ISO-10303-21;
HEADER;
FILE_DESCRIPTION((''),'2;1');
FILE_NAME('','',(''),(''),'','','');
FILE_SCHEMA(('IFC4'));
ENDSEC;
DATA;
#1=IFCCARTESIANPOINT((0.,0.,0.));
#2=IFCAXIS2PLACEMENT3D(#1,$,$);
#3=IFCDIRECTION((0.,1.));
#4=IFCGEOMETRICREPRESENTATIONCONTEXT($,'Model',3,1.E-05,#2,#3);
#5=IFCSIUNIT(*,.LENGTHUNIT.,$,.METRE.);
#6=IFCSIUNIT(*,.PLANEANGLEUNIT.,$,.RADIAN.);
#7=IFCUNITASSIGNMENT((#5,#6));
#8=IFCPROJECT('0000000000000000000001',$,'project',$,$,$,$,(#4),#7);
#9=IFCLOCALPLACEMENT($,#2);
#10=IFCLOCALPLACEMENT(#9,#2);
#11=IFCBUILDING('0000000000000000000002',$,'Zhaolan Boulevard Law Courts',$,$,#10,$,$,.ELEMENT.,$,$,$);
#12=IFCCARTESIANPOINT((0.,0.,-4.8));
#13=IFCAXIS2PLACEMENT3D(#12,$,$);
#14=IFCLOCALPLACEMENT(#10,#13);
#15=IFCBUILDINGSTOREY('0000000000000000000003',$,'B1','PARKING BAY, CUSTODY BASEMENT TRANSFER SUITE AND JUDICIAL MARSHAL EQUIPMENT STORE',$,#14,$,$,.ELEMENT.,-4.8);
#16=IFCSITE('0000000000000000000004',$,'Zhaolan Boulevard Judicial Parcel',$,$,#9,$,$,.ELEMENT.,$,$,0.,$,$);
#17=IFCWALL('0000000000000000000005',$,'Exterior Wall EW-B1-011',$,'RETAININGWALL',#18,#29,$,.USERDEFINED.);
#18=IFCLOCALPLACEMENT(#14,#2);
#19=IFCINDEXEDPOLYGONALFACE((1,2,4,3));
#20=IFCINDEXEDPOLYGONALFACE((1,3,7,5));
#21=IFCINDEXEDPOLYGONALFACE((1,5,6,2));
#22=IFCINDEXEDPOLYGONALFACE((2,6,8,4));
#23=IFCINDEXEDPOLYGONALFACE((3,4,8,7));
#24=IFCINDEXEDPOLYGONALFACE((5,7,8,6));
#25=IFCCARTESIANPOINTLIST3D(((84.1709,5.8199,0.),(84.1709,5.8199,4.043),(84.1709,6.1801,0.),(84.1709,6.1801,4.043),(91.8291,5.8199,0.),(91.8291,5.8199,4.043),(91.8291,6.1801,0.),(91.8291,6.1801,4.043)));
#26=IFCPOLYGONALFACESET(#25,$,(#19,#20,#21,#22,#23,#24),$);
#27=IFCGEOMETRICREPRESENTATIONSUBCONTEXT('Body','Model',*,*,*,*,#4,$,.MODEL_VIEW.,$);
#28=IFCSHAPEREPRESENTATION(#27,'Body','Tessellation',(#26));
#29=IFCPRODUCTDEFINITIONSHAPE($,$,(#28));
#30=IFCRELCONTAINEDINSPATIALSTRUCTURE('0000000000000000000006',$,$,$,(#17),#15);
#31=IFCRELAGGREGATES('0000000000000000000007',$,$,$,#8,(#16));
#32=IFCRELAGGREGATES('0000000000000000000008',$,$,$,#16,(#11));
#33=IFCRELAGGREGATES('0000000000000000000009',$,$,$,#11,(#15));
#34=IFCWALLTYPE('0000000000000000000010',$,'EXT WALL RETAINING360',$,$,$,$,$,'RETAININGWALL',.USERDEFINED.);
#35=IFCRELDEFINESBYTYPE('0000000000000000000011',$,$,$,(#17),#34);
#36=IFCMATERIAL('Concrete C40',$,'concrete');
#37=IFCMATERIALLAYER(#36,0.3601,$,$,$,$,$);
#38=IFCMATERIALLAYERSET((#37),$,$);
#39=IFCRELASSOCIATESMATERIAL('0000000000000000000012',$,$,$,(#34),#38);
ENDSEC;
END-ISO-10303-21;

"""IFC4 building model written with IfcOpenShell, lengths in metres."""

from ifc_helpers import new_model, si_unit, direction, frame, frame_2d, origin, place, context, subcontext, project, spatial, rectangle, extrude, material, layer, layer_set, type_object, element, save


model = new_model("IFC4")

# Units and contexts
model_context = context("Model", 3, precision=1e-05, world=origin(), true_north=direction((0.0, 1.0)))
body_context = subcontext(model_context, "Body", "Model", "MODEL_VIEW")
ifc_project = project(units=[si_unit("LENGTHUNIT", "METRE"), si_unit("PLANEANGLEUNIT", "RADIAN")], contexts=[model_context])

# Site, building, storey
site_placement = place(None, origin())
site = spatial("IfcSite", under=ifc_project, at=site_placement, Name="Zhaolan Boulevard Judicial Parcel", CompositionType="ELEMENT", RefElevation=0.0)
building_placement = place(site_placement, origin())
building = spatial("IfcBuilding", under=site, at=building_placement, Name="Zhaolan Boulevard Law Courts", CompositionType="ELEMENT")
storey_placement = place(building_placement, frame((0.0, 0.0, -4.8)))
storey = spatial("IfcBuildingStorey", under=building, at=storey_placement, Name="B1", Description="PARKING BAY, CUSTODY BASEMENT TRANSFER SUITE AND JUDICIAL MARSHAL EQUIPMENT STORE", CompositionType="ELEMENT", Elevation=-4.8)

# Wall
ifc_material_1 = material(Name="Concrete C40", Category="concrete")
ifc_layer = layer(ifc_material_1, 0.3601)
ifc_layer_set = layer_set([ifc_layer])
wall_type = type_object("IfcWallType", Name="EXT WALL RETAINING360", ElementType="RETAININGWALL", PredefinedType="USERDEFINED", material=ifc_layer_set)
wall_placement = place(storey_placement, frame((84.1709, 6.0, 0.0), z_axis=(0.0, 0.0, 1.0), x_axis=(1.0, 0.0, 0.0)))
element("IfcWall", 1, at=wall_placement, inside=storey, type_object=wall_type, Name="Exterior Wall EW-B1-011", ObjectType="RETAININGWALL", PredefinedType="USERDEFINED", context=body_context, shape_type="SweptSolid", body=[
    extrude(rectangle(XDim=7.6582, YDim=0.3601, at=frame_2d((3.8291, 0.0))), origin(), (0.0, 0.0, 1.0), 4.043),
])

save(model, "model.ifc")
